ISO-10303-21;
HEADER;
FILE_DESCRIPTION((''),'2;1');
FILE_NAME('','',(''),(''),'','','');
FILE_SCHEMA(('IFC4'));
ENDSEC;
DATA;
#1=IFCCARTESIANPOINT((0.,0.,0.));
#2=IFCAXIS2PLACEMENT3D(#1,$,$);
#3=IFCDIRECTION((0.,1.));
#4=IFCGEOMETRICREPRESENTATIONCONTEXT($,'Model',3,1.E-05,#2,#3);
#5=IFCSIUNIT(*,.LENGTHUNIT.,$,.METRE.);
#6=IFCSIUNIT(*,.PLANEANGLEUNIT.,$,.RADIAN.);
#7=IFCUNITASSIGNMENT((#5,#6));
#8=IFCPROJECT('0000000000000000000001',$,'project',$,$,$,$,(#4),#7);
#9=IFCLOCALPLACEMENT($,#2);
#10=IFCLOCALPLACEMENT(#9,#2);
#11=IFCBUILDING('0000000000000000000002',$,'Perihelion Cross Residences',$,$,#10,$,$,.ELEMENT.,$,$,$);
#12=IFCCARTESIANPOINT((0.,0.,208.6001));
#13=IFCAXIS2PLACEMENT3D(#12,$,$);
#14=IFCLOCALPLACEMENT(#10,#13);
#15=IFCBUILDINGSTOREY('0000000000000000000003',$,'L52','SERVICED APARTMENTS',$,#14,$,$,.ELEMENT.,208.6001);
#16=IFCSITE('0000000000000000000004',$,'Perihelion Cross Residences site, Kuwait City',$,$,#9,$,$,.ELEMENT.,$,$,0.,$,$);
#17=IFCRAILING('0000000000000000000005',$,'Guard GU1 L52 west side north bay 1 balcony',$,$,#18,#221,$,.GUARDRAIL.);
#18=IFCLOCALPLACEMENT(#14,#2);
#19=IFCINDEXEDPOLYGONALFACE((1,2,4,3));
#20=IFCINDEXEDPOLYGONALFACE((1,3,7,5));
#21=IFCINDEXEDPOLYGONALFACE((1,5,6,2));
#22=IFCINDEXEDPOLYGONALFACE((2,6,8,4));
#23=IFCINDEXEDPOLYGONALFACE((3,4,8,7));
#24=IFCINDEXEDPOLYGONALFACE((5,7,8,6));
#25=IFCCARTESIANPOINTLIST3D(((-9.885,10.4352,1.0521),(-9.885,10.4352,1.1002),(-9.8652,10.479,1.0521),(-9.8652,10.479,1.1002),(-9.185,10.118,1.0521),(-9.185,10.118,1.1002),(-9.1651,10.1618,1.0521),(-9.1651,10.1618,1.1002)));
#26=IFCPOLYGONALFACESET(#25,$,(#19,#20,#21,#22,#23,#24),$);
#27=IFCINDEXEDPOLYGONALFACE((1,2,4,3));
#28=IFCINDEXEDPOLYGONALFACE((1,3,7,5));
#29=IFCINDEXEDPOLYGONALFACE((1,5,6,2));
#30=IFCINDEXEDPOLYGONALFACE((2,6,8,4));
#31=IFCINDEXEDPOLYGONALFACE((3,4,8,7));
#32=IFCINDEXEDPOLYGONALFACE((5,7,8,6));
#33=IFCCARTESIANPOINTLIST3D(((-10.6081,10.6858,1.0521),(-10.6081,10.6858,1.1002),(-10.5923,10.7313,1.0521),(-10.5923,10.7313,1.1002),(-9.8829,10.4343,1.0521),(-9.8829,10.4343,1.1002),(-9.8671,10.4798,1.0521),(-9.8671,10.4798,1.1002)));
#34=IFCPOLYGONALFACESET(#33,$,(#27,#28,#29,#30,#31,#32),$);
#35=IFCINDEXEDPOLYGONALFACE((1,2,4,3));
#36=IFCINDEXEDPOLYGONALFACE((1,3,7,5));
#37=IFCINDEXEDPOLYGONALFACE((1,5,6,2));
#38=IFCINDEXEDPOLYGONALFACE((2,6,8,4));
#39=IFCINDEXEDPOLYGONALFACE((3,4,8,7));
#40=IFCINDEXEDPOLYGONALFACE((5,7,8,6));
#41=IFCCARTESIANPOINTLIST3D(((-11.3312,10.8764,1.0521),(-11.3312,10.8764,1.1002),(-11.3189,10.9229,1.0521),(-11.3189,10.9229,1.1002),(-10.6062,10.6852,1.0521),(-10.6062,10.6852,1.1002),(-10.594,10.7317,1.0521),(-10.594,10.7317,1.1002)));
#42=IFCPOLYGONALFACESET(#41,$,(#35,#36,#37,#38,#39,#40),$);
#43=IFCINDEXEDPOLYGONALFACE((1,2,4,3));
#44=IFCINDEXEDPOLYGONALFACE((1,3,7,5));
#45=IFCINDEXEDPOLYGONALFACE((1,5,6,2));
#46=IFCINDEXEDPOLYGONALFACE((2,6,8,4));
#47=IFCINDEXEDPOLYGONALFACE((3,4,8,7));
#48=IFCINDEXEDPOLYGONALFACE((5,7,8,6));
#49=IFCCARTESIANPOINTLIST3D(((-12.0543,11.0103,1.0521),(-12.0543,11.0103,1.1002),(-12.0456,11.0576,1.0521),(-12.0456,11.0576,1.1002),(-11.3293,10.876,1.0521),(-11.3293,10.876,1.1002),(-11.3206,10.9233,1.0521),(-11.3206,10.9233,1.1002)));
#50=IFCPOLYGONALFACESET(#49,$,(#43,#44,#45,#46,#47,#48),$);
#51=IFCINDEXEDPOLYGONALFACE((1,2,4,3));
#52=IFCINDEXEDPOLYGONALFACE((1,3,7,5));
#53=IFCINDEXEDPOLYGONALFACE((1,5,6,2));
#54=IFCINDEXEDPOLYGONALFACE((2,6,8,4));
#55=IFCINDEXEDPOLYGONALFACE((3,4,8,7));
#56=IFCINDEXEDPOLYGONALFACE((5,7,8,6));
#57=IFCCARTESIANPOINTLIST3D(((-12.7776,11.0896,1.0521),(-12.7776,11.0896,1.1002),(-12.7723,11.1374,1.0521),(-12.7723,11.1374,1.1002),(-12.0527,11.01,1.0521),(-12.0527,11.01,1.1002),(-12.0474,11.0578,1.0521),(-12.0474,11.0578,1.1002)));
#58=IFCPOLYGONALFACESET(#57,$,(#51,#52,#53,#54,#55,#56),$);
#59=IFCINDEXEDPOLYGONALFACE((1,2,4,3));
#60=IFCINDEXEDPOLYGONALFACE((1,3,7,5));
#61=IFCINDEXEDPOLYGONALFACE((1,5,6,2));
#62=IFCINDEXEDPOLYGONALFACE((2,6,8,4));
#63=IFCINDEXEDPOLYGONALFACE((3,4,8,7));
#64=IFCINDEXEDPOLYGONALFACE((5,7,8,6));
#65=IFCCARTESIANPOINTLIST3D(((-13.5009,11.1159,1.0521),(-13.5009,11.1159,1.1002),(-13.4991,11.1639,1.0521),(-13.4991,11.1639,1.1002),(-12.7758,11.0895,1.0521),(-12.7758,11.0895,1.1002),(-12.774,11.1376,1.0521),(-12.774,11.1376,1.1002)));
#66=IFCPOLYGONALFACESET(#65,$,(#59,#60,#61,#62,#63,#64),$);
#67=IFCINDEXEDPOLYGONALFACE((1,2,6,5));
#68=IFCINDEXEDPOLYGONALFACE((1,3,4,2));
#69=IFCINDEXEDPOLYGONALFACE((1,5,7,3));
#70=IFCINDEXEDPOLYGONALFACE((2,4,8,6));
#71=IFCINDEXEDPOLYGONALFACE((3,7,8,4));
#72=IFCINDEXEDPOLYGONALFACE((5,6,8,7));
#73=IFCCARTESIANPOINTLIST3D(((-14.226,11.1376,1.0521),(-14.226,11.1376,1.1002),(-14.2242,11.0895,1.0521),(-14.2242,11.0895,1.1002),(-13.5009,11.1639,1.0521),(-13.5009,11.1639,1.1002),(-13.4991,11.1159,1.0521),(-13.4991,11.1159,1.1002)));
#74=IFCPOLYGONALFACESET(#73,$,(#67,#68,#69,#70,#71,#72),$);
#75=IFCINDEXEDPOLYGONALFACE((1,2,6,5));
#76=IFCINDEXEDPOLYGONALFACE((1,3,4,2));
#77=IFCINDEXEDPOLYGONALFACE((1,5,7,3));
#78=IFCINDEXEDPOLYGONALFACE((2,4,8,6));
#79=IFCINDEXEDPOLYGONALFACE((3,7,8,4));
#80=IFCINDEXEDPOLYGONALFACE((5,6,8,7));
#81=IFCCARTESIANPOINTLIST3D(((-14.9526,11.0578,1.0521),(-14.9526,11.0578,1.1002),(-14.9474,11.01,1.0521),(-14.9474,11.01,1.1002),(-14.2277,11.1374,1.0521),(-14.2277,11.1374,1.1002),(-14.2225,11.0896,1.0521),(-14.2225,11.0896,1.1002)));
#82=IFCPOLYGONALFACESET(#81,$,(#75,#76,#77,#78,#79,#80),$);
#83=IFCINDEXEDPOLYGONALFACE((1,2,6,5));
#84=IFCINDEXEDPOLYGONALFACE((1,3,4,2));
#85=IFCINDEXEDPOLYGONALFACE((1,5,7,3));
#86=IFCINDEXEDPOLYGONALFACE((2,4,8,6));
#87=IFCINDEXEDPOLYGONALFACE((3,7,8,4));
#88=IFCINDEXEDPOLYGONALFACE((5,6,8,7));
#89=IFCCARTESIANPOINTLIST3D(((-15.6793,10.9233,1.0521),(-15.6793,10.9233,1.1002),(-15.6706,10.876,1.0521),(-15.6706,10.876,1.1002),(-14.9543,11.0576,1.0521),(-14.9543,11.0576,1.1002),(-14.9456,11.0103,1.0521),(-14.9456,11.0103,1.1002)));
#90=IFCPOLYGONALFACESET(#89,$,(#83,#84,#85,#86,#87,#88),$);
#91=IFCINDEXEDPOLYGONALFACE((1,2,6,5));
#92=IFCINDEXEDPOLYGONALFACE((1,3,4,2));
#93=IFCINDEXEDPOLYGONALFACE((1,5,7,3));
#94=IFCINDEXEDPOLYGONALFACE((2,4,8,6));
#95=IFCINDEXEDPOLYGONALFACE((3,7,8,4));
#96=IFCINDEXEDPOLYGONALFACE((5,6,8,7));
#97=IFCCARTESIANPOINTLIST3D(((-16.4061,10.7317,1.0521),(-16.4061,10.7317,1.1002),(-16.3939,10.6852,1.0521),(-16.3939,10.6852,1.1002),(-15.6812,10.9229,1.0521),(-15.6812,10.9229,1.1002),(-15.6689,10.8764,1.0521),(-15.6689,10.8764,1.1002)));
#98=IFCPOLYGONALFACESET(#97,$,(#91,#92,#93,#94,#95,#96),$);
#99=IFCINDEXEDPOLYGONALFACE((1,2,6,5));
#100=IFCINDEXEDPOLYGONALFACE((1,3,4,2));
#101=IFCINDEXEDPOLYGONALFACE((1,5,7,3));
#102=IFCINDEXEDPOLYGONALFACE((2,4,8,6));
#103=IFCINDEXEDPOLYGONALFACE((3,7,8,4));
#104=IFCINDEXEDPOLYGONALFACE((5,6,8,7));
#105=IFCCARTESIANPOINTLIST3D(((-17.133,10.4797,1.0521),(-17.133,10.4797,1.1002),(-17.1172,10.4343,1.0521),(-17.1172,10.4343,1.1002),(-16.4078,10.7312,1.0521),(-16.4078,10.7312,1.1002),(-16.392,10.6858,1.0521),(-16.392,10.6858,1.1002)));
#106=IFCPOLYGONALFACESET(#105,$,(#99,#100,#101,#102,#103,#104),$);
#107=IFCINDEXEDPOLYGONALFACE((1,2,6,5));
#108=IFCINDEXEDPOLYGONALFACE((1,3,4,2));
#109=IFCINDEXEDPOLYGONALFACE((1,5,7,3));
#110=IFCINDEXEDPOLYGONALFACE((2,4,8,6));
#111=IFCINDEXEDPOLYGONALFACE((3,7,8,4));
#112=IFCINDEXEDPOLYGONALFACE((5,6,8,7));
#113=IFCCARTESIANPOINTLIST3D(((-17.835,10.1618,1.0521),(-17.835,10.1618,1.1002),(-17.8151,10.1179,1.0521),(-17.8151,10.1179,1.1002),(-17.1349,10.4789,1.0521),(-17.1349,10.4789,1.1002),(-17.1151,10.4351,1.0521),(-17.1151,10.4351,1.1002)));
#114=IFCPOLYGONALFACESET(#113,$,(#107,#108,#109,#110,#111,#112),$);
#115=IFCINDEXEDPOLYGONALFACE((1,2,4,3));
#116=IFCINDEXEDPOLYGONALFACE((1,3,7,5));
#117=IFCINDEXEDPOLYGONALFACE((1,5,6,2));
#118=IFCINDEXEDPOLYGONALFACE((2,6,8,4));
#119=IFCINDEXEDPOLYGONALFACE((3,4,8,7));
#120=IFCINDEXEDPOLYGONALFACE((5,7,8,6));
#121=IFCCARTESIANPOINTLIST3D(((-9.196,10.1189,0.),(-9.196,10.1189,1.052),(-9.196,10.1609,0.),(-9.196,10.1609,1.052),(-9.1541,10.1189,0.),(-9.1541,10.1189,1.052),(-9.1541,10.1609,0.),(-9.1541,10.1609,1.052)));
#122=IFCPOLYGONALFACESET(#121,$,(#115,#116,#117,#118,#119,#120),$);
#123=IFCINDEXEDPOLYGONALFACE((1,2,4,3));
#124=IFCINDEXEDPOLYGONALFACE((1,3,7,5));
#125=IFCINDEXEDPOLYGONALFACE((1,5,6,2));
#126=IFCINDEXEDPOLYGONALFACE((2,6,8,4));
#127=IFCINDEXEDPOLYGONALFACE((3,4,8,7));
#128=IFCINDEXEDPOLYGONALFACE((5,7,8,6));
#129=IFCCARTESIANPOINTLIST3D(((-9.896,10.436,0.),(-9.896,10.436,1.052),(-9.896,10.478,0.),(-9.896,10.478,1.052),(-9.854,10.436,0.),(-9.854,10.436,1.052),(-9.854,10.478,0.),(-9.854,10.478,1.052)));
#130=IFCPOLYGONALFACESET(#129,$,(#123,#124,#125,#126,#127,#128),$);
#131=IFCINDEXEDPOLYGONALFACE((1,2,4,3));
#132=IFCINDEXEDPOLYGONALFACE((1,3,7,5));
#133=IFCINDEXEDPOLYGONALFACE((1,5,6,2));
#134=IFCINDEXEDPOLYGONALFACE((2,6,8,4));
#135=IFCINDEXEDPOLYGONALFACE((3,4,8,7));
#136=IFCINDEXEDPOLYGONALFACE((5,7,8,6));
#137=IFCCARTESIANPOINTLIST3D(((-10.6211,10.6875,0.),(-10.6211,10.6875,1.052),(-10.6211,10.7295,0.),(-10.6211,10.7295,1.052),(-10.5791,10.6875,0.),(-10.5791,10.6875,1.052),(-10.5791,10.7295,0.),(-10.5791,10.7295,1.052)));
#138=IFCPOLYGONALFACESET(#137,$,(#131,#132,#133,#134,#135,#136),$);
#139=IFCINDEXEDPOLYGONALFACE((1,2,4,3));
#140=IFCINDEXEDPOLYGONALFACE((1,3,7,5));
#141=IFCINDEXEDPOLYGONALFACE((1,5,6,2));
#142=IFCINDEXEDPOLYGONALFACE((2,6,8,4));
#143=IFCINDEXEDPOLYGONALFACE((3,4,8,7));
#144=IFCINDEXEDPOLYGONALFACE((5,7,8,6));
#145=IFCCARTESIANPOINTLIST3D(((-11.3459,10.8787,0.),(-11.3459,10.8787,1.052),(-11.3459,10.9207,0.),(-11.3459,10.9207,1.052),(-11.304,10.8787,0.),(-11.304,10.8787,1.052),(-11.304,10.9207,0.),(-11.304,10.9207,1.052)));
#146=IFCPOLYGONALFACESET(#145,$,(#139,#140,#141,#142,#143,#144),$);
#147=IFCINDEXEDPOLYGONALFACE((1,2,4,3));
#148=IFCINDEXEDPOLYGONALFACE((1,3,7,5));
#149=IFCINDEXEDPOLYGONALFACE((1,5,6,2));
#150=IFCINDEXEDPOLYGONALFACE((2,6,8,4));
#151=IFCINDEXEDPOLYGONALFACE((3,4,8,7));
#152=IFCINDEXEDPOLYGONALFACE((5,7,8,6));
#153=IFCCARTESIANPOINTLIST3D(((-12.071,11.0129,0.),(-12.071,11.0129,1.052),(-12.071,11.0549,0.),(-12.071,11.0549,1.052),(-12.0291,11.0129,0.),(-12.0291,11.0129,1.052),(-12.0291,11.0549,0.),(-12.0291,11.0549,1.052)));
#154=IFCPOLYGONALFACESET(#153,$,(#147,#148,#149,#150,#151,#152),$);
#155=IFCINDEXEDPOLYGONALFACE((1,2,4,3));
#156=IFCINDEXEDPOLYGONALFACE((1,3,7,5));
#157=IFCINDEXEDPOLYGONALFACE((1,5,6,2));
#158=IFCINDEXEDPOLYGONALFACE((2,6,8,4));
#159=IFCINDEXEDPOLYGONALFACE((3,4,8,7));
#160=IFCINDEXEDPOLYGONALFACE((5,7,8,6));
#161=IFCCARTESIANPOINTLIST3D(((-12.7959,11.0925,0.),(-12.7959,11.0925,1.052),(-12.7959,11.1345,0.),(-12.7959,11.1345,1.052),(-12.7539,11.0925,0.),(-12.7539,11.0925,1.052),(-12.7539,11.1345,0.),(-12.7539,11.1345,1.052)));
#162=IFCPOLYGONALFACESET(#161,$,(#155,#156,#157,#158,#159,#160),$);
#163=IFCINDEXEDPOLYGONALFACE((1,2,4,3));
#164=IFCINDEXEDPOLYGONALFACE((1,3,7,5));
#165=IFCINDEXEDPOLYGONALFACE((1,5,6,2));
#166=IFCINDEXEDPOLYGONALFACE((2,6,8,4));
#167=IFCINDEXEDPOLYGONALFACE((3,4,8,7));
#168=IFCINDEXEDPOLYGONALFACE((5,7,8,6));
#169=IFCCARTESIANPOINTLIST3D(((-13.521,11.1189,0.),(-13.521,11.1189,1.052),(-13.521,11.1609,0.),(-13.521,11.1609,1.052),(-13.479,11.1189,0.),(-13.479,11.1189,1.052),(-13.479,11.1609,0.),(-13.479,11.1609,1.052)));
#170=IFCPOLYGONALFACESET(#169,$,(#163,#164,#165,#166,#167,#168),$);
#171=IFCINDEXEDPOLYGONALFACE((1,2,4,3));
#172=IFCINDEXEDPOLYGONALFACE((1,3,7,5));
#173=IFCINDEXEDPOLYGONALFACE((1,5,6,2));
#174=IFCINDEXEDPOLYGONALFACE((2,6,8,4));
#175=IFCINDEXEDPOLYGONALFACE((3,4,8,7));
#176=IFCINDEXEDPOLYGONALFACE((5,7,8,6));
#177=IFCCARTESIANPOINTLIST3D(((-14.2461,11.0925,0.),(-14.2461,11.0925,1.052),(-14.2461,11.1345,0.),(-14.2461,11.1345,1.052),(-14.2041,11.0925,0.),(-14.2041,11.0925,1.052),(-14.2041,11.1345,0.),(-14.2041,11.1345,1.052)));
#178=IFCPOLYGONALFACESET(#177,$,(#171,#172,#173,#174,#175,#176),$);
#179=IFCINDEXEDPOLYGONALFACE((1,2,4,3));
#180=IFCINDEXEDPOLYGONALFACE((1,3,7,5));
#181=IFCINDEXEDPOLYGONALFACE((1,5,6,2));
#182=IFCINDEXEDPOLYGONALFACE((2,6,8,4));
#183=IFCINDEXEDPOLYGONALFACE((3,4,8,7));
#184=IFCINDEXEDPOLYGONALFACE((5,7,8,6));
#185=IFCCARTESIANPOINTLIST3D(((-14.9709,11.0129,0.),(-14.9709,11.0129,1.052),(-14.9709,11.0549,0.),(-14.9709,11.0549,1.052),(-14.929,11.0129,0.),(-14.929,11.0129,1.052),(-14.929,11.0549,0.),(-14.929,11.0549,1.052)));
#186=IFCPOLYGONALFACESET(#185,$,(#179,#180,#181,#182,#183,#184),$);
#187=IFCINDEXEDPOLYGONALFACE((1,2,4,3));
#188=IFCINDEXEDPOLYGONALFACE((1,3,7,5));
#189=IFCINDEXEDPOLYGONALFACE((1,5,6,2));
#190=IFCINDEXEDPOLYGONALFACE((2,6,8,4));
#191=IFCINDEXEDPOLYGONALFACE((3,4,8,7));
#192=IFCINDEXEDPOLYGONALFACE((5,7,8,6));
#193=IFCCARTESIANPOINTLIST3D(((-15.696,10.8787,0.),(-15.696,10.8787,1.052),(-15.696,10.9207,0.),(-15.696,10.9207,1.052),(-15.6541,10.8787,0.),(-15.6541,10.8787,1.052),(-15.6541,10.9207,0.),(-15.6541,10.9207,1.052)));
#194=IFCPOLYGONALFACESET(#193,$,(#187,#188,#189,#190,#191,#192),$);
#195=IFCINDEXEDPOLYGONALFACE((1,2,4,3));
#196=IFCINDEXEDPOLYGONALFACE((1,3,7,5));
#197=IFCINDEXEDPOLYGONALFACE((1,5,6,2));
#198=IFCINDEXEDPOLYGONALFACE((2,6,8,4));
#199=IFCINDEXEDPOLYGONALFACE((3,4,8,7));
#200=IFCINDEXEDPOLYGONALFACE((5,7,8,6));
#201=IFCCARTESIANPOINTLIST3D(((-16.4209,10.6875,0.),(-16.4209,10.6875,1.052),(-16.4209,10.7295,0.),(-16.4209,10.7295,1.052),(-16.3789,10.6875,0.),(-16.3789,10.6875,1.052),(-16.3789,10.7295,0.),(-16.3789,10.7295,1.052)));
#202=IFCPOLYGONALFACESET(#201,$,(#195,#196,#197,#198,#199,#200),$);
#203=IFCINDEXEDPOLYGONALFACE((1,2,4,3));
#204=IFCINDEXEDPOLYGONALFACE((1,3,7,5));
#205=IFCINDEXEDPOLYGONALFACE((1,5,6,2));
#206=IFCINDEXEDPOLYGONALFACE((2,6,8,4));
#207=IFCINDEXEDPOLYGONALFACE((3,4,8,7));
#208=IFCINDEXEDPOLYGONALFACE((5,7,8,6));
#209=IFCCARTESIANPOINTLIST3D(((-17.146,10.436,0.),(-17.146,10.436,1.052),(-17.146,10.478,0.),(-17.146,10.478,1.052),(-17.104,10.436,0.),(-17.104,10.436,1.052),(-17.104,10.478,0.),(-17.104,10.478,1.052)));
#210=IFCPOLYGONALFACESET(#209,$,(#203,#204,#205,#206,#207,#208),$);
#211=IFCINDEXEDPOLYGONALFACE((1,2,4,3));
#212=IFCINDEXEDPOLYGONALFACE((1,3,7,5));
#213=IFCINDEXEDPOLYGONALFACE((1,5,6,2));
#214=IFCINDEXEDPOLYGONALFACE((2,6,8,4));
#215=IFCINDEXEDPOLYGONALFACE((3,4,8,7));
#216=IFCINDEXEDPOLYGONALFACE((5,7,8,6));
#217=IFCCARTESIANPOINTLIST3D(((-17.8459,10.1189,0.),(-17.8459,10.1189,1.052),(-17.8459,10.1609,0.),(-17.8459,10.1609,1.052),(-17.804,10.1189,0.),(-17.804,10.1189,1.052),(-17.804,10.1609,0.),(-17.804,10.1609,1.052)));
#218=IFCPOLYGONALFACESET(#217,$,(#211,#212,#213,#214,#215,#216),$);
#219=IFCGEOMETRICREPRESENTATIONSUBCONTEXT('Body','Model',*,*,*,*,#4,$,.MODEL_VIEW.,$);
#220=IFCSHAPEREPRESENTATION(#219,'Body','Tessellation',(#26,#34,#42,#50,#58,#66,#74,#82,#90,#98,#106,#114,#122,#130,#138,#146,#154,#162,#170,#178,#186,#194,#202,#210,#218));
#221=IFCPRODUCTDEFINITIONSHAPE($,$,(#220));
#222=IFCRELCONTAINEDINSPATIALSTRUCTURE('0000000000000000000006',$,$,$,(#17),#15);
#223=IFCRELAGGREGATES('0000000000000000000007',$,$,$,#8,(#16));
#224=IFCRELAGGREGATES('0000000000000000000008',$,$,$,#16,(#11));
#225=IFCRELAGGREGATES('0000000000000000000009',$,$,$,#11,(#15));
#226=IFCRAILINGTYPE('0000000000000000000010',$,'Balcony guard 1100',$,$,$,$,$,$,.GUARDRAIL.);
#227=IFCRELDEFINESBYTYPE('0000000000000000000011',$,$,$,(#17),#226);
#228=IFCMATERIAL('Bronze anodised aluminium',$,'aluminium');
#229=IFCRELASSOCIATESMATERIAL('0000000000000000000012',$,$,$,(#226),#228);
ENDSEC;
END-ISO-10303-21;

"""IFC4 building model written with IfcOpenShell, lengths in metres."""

from ifc_helpers import new_model, si_unit, direction, frame, origin, origin_2d, place, context, subcontext, project, spatial, rectangle, extrude, material, type_object, element, save


model = new_model("IFC4")

# Units and contexts
model_context = context("Model", 3, precision=1e-05, world=origin(), true_north=direction((0.0, 1.0)))
body_context = subcontext(model_context, "Body", "Model", "MODEL_VIEW")
ifc_project = project(units=[si_unit("LENGTHUNIT", "METRE"), si_unit("PLANEANGLEUNIT", "RADIAN")], contexts=[model_context])

# Site, building, storey
site_placement = place(None, origin())
site = spatial("IfcSite", under=ifc_project, at=site_placement, Name="Perihelion Cross Residences site, Kuwait City", CompositionType="ELEMENT", RefElevation=0.0)
building_placement = place(site_placement, origin())
building = spatial("IfcBuilding", under=site, at=building_placement, Name="Perihelion Cross Residences", CompositionType="ELEMENT")
storey_placement = place(building_placement, frame((0.0, 0.0, 208.6001)))
storey = spatial("IfcBuildingStorey", under=building, at=storey_placement, Name="L52", Description="SERVICED APARTMENTS", CompositionType="ELEMENT", Elevation=208.6001)

# Railing
ifc_material_1 = material(Name="Bronze anodised aluminium", Category="aluminium")
railing_type = type_object("IfcRailingType", Name="Balcony guard 1100", PredefinedType="GUARDRAIL", material=ifc_material_1)
railing_1_placement = place(storey_placement, frame((-9.175, 10.1399, 0.0)))
element("IfcRailing", 1, at=railing_1_placement, inside=storey, type_object=railing_type, Name="Guard GU1 L52 west side north bay 1 balcony", PredefinedType="GUARDRAIL", context=body_context, shape_type="SweptSolid", body=[
    extrude(rectangle(XDim=0.0481, YDim=0.0481, at=origin_2d()), frame((0.0, 0.0, 1.0762), z_axis=(-0.910866, 0.412702, 0.0), x_axis=(-0.412702, -0.910866, 0.0)), (0.0, 0.0, 1.0), 0.7686),
    extrude(rectangle(XDim=0.0481, YDim=0.0481, at=origin_2d()), frame((-0.7, 0.3171, 1.0762), z_axis=(-0.944797, 0.327657, 0.0), x_axis=(-0.327657, -0.944797, 0.0)), (0.0, 0.0, 1.0), 0.7676),
    extrude(rectangle(XDim=0.0481, YDim=0.0481, at=origin_2d()), frame((-1.425, 0.5686, 1.0762), z_axis=(-0.966939, 0.255006, 0.0), x_axis=(-0.255006, -0.966939, 0.0)), (0.0, 0.0, 1.0), 0.7498),
    extrude(rectangle(XDim=0.0481, YDim=0.0481, at=origin_2d()), frame((-2.1499, 0.7598, 1.0762), z_axis=(-0.983282, 0.182089, 0.0), x_axis=(-0.182089, -0.983282, 0.0)), (0.0, 0.0, 1.0), 0.7373),
    extrude(rectangle(XDim=0.0481, YDim=0.0481, at=origin_2d()), frame((-2.875, 0.894, 1.0762), z_axis=(-0.994026, 0.109145, 0.0), x_axis=(-0.109145, -0.994026, 0.0)), (0.0, 0.0, 1.0), 0.7292),
    extrude(rectangle(XDim=0.0481, YDim=0.0481, at=origin_2d()), frame((-3.5999, 0.9736, 1.0762), z_axis=(-0.999339, 0.03634, 0.0), x_axis=(-0.03634, -0.999339, 0.0)), (0.0, 0.0, 1.0), 0.7256),
    extrude(rectangle(XDim=0.0481, YDim=0.0481, at=origin_2d()), frame((-4.325, 1.0, 1.0762), z_axis=(-0.999339, -0.03634, 0.0), x_axis=(0.03634, -0.999339, 0.0)), (0.0, 0.0, 1.0), 0.7256),
    extrude(rectangle(XDim=0.0481, YDim=0.0481, at=origin_2d()), frame((-5.05, 0.9736, 1.0762), z_axis=(-0.994026, -0.109145, 0.0), x_axis=(0.109145, -0.994026, 0.0)), (0.0, 0.0, 1.0), 0.7292),
    extrude(rectangle(XDim=0.0481, YDim=0.0481, at=origin_2d()), frame((-5.7749, 0.894, 1.0762), z_axis=(-0.983282, -0.182089, 0.0), x_axis=(0.182089, -0.983282, 0.0)), (0.0, 0.0, 1.0), 0.7373),
    extrude(rectangle(XDim=0.0481, YDim=0.0481, at=origin_2d()), frame((-6.5, 0.7598, 1.0762), z_axis=(-0.966939, -0.255006, 0.0), x_axis=(0.255006, -0.966939, 0.0)), (0.0, 0.0, 1.0), 0.7498),
    extrude(rectangle(XDim=0.0481, YDim=0.0481, at=origin_2d()), frame((-7.2249, 0.5686, 1.0762), z_axis=(-0.944797, -0.327657, 0.0), x_axis=(0.327657, -0.944797, 0.0)), (0.0, 0.0, 1.0), 0.7676),
    extrude(rectangle(XDim=0.0481, YDim=0.0481, at=origin_2d()), frame((-7.95, 0.3171, 1.0762), z_axis=(-0.910866, -0.412702, 0.0), x_axis=(0.412702, -0.910866, 0.0)), (0.0, 0.0, 1.0), 0.7686),
    extrude(rectangle(XDim=0.042, YDim=0.042, at=origin_2d()), origin(), (0.0, 0.0, 1.0), 1.052),
    extrude(rectangle(XDim=0.042, YDim=0.042, at=origin_2d()), frame((-0.7, 0.3171, 0.0)), (0.0, 0.0, 1.0), 1.052),
    extrude(rectangle(XDim=0.042, YDim=0.042, at=origin_2d()), frame((-1.425, 0.5686, 0.0)), (0.0, 0.0, 1.0), 1.052),
    extrude(rectangle(XDim=0.042, YDim=0.042, at=origin_2d()), frame((-2.1499, 0.7598, 0.0)), (0.0, 0.0, 1.0), 1.052),
    extrude(rectangle(XDim=0.042, YDim=0.042, at=origin_2d()), frame((-2.875, 0.894, 0.0)), (0.0, 0.0, 1.0), 1.052),
    extrude(rectangle(XDim=0.042, YDim=0.042, at=origin_2d()), frame((-3.5999, 0.9736, 0.0)), (0.0, 0.0, 1.0), 1.052),
    extrude(rectangle(XDim=0.042, YDim=0.042, at=origin_2d()), frame((-4.325, 1.0, 0.0)), (0.0, 0.0, 1.0), 1.052),
    extrude(rectangle(XDim=0.042, YDim=0.042, at=origin_2d()), frame((-5.05, 0.9736, 0.0)), (0.0, 0.0, 1.0), 1.052),
    extrude(rectangle(XDim=0.042, YDim=0.042, at=origin_2d()), frame((-5.7749, 0.894, 0.0)), (0.0, 0.0, 1.0), 1.052),
    extrude(rectangle(XDim=0.042, YDim=0.042, at=origin_2d()), frame((-6.5, 0.7598, 0.0)), (0.0, 0.0, 1.0), 1.052),
    extrude(rectangle(XDim=0.042, YDim=0.042, at=origin_2d()), frame((-7.2249, 0.5686, 0.0)), (0.0, 0.0, 1.0), 1.052),
    extrude(rectangle(XDim=0.042, YDim=0.042, at=origin_2d()), frame((-7.95, 0.3171, 0.0)), (0.0, 0.0, 1.0), 1.052),
    extrude(rectangle(XDim=0.042, YDim=0.042, at=origin_2d()), frame((-8.6499, 0.0, 0.0)), (0.0, 0.0, 1.0), 1.052),
])

save(model, "model.ifc")
